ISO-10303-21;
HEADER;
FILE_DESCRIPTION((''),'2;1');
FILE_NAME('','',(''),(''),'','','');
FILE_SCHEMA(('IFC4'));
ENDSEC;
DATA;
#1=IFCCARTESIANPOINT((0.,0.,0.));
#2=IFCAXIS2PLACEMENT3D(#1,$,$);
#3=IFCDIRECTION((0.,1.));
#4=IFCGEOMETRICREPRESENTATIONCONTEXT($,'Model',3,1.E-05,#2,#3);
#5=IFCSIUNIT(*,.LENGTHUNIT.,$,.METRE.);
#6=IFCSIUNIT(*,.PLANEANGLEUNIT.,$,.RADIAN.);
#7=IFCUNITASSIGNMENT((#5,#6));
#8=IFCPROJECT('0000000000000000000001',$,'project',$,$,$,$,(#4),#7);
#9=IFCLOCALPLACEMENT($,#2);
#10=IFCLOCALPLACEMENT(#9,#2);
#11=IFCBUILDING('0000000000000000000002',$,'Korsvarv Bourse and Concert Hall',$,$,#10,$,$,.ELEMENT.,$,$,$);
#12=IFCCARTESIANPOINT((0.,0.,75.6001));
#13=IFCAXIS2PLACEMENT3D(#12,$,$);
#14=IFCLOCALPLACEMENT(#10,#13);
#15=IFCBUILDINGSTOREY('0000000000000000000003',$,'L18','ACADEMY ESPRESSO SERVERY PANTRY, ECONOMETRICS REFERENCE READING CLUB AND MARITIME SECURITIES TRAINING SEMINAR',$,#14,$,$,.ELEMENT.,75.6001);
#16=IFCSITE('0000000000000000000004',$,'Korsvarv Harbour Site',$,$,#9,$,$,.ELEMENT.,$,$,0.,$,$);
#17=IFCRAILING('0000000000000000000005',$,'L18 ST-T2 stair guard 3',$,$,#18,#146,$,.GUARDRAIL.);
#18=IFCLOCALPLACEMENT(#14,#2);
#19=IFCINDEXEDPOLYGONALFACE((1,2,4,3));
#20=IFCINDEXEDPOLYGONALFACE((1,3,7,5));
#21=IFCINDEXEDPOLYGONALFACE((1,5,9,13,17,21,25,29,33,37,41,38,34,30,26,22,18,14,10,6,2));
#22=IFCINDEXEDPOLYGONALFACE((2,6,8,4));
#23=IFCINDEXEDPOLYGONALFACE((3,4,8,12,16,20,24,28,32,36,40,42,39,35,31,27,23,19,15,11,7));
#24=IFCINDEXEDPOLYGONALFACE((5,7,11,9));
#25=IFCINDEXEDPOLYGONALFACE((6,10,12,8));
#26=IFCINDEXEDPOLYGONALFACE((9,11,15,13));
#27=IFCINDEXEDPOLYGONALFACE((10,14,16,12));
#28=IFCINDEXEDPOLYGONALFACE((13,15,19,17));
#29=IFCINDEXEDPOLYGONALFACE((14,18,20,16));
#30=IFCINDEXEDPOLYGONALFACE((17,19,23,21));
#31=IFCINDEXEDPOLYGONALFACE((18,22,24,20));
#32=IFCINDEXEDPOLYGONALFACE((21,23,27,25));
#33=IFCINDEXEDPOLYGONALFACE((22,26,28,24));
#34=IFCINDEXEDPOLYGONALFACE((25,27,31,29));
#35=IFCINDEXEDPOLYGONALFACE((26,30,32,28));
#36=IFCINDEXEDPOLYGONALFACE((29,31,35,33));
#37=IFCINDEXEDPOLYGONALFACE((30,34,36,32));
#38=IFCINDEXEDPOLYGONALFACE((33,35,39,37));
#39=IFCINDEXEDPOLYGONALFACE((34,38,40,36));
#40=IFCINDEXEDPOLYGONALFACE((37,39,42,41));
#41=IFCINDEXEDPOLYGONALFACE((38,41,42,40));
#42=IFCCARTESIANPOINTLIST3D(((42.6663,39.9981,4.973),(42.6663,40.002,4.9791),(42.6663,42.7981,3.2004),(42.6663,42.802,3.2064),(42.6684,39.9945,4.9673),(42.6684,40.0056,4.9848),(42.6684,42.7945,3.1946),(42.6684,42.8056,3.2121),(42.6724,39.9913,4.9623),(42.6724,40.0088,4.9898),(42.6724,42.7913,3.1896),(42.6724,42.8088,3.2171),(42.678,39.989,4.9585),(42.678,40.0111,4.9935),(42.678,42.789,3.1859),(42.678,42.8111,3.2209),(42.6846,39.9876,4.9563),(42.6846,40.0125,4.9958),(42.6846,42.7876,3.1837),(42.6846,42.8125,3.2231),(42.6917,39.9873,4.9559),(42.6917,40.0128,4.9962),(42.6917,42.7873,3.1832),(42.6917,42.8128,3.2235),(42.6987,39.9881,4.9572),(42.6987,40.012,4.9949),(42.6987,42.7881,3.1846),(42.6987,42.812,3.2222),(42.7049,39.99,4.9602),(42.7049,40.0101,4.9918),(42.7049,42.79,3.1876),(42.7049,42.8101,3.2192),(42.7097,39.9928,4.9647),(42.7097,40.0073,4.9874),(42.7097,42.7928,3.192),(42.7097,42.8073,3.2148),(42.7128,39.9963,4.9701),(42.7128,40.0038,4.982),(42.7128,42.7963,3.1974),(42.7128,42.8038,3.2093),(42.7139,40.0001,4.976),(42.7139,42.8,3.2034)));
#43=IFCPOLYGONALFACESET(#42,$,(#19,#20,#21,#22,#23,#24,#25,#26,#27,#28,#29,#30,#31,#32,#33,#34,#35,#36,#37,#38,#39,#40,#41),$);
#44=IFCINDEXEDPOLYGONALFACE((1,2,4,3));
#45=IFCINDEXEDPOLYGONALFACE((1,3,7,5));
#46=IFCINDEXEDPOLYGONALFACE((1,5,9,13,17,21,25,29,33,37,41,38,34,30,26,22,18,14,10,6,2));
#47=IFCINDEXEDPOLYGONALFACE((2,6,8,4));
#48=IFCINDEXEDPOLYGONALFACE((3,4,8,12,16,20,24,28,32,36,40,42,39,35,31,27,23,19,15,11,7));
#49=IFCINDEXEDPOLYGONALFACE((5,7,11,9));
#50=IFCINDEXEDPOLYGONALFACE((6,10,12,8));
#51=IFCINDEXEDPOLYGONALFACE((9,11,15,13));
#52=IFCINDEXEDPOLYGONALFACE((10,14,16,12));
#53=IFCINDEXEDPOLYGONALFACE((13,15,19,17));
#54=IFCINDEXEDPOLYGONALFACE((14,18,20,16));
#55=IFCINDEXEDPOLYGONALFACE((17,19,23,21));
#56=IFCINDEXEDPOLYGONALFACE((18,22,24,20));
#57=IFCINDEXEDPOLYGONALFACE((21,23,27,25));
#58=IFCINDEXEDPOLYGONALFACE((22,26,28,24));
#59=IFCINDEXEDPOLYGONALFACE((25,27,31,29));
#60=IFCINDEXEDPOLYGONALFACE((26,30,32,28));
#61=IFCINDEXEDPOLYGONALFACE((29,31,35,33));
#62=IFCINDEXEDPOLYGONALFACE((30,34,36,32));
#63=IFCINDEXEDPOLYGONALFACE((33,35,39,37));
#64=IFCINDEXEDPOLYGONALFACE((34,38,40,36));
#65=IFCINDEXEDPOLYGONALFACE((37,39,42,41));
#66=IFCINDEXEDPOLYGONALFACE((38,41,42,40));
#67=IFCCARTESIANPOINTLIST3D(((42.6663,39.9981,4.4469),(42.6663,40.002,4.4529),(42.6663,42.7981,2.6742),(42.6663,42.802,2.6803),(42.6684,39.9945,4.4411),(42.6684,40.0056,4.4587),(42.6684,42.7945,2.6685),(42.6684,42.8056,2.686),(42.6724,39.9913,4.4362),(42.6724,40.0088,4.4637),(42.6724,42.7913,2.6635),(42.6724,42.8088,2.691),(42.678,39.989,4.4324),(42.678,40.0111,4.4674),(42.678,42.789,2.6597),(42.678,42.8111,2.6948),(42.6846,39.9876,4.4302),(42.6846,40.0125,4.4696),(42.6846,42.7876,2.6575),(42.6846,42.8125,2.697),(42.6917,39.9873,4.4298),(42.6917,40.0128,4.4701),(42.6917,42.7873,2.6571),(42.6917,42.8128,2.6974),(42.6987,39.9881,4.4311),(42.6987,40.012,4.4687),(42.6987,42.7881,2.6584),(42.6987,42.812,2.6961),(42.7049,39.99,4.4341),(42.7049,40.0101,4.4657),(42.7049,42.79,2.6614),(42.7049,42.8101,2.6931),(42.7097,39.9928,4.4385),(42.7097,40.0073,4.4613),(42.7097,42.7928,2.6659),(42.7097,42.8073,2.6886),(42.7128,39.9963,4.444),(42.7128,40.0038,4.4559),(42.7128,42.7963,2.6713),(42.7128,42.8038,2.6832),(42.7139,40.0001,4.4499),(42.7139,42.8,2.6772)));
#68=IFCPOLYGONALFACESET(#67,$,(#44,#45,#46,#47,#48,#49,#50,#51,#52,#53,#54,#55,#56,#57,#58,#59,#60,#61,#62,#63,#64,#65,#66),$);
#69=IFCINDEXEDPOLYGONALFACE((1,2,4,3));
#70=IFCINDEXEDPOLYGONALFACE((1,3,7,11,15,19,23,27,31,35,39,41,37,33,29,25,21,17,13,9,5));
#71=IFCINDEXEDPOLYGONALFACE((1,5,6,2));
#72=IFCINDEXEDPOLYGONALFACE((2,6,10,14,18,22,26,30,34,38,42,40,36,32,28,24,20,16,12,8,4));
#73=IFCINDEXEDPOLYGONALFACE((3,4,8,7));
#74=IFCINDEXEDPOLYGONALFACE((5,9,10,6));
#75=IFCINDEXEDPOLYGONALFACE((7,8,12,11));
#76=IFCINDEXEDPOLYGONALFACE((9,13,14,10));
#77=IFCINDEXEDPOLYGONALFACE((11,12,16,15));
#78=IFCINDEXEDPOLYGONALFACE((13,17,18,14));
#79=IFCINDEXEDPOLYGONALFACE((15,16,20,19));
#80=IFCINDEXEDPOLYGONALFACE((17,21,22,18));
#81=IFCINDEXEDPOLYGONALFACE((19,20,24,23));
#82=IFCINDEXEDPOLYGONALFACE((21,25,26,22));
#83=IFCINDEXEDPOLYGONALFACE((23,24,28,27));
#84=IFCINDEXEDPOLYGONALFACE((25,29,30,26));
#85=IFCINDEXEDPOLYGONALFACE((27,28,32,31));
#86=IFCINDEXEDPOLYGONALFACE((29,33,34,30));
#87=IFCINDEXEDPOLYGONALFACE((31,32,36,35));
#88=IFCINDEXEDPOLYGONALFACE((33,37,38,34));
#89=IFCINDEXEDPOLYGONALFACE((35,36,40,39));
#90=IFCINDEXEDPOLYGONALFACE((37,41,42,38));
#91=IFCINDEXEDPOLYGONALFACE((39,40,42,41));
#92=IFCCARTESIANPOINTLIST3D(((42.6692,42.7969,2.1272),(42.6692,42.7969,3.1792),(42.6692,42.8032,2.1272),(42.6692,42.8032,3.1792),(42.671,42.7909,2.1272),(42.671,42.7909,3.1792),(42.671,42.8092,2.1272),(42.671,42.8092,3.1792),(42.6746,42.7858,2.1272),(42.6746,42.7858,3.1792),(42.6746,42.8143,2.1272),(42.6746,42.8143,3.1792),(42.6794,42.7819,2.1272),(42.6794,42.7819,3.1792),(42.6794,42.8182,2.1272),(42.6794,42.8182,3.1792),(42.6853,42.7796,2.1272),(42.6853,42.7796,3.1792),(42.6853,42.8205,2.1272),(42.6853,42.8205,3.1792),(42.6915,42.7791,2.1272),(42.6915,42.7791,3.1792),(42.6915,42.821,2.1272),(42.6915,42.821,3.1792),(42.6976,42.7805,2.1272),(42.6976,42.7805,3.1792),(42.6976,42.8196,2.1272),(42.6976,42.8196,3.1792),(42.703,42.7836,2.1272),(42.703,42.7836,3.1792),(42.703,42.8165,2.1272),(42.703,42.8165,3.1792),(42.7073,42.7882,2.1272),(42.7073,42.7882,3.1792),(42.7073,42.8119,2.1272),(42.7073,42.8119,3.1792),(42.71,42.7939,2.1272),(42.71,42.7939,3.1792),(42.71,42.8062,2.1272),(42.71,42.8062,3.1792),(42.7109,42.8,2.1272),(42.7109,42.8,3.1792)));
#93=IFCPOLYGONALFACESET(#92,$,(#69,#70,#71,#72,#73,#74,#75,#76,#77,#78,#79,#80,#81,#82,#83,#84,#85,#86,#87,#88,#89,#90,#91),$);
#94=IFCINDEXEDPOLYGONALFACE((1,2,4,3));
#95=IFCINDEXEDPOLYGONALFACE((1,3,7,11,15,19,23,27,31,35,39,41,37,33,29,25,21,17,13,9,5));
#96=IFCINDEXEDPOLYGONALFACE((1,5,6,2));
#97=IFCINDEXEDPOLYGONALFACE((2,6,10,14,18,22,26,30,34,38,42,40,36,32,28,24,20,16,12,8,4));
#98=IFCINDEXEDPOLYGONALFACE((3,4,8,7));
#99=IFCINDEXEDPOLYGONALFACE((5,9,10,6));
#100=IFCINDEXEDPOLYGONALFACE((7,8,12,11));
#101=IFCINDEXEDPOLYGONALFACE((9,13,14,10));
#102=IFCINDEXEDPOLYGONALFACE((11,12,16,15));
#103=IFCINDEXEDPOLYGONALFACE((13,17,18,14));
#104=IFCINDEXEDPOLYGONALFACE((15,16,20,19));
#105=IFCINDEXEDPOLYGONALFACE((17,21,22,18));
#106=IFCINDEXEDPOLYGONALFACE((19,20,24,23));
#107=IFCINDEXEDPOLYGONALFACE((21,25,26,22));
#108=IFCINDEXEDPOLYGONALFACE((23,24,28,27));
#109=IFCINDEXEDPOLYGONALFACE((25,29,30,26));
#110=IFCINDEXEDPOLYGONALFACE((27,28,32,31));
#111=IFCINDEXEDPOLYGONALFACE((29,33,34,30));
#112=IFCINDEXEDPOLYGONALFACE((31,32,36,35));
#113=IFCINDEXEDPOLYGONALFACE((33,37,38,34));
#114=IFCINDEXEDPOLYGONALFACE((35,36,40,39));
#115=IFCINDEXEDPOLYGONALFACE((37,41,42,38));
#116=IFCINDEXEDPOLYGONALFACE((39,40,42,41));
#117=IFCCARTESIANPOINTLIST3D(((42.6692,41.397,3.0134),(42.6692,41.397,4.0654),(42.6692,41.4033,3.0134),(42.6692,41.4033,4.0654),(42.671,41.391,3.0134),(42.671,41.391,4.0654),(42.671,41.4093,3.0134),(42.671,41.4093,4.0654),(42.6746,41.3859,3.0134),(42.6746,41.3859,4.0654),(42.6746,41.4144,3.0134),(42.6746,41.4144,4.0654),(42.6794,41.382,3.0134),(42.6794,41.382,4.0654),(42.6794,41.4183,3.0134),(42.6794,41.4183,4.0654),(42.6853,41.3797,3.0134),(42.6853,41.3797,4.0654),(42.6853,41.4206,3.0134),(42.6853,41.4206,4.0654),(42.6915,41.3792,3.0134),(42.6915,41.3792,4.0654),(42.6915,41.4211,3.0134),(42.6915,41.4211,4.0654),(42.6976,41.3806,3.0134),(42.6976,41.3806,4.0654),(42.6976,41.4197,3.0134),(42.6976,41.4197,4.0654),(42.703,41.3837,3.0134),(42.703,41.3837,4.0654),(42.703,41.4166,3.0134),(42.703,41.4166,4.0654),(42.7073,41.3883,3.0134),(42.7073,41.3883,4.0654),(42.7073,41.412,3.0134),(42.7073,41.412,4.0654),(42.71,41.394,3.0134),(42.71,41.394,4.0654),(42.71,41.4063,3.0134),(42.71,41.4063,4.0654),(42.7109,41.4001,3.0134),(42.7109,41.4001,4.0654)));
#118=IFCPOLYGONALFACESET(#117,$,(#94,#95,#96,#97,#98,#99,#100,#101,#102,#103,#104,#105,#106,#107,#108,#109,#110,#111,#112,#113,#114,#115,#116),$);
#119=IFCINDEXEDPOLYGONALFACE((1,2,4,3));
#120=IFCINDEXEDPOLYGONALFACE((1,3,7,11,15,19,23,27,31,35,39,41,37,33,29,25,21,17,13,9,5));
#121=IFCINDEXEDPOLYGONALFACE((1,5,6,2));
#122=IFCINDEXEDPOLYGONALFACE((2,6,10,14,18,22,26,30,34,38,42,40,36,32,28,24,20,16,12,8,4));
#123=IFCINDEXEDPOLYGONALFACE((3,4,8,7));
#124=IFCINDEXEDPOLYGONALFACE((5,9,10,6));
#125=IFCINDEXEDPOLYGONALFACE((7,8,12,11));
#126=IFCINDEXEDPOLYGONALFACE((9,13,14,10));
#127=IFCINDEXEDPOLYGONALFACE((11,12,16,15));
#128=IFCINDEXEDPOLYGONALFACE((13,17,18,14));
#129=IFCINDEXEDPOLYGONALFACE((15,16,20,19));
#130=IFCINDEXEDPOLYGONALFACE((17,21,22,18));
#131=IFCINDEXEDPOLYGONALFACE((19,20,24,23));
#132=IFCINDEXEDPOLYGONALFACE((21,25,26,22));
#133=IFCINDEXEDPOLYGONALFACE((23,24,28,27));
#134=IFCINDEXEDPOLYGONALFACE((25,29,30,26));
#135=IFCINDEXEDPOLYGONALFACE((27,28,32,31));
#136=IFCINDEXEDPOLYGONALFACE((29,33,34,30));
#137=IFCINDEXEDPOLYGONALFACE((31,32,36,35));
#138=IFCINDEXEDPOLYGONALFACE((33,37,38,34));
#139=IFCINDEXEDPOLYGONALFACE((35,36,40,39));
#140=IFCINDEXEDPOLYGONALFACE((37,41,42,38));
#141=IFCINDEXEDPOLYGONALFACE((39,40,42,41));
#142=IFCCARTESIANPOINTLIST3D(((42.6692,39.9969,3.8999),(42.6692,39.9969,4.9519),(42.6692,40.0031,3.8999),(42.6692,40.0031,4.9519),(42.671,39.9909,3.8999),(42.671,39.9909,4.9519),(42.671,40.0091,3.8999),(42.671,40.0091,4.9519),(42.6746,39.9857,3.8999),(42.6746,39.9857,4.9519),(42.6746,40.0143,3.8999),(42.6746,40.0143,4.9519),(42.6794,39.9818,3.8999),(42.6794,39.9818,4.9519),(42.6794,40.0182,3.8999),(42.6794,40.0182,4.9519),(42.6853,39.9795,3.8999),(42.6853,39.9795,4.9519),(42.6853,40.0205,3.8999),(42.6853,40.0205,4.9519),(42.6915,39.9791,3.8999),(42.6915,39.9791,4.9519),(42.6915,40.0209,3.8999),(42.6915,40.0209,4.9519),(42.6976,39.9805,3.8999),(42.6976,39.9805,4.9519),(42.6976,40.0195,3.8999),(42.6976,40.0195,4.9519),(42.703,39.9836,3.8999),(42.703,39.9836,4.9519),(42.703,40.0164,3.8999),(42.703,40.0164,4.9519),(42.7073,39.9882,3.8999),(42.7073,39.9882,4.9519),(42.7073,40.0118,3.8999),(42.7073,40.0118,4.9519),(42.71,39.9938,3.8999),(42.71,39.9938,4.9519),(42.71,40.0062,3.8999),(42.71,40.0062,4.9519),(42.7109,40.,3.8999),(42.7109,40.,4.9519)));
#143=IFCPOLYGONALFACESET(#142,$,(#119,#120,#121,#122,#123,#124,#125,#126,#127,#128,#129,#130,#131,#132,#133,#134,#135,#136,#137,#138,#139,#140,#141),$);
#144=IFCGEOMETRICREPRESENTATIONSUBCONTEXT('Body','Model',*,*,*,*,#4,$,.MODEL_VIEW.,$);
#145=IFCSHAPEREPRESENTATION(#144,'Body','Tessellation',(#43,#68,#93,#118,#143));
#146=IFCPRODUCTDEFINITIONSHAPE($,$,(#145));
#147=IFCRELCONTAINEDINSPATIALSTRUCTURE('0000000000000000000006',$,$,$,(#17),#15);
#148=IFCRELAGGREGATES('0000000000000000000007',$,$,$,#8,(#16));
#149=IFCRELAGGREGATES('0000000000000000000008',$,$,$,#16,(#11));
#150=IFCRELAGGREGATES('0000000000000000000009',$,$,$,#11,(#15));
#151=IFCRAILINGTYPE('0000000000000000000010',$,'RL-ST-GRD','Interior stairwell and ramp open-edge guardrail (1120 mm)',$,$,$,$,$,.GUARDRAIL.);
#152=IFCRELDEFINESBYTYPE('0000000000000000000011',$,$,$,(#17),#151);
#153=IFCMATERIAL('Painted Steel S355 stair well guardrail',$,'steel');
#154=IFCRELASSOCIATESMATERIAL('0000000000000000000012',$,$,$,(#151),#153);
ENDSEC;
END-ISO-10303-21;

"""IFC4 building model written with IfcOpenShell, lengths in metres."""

from ifc_helpers import new_model, si_unit, direction, frame, origin, origin_2d, place, context, subcontext, project, spatial, circle, extrude, material, type_object, element, save


model = new_model("IFC4")

# Units and contexts
model_context = context("Model", 3, precision=1e-05, world=origin(), true_north=direction((0.0, 1.0)))
body_context = subcontext(model_context, "Body", "Model", "MODEL_VIEW")
ifc_project = project(units=[si_unit("LENGTHUNIT", "METRE"), si_unit("PLANEANGLEUNIT", "RADIAN")], contexts=[model_context])

# Site, building, storey
site_placement = place(None, origin())
site = spatial("IfcSite", under=ifc_project, at=site_placement, Name="Korsvarv Harbour Site", CompositionType="ELEMENT", RefElevation=0.0)
building_placement = place(site_placement, origin())
building = spatial("IfcBuilding", under=site, at=building_placement, Name="Korsvarv Bourse and Concert Hall", CompositionType="ELEMENT")
storey_placement = place(building_placement, frame((0.0, 0.0, 75.6001)))
storey = spatial("IfcBuildingStorey", under=building, at=storey_placement, Name="L18", Description="ACADEMY ESPRESSO SERVERY PANTRY, ECONOMETRICS REFERENCE READING CLUB AND MARITIME SECURITIES TRAINING SEMINAR", CompositionType="ELEMENT", Elevation=75.6001)

# Railing
ifc_material_1 = material(Name="Painted Steel S355 stair well guardrail", Category="steel")
railing_type_1 = type_object("IfcRailingType", Name="RL-ST-GRD", Description="Interior stairwell and ramp open-edge guardrail (1120 mm)", PredefinedType="GUARDRAIL", material=ifc_material_1)
railing_1_placement = place(storey_placement, frame((42.6899, 42.8, 2.1272)))
element("IfcRailing", 1, at=railing_1_placement, inside=storey, type_object=railing_type_1, Name="L18 ST-T2 stair guard 3", PredefinedType="GUARDRAIL", context=body_context, shape_type="SweptSolid", body=[
    extrude(circle(Radius=0.0239, at=origin_2d()), frame((0.0, 0.0, 1.0762), z_axis=(0.0, -0.844909, 0.53491), x_axis=(1.0, 0.0, 0.0)), (0.0, 0.0, 1.0), 3.314),
    extrude(circle(Radius=0.0239, at=origin_2d()), frame((0.0, 0.0, 0.55), z_axis=(0.0, -0.844909, 0.53491), x_axis=(1.0, 0.0, 0.0)), (0.0, 0.0, 1.0), 3.314),
    extrude(circle(Radius=0.021, at=origin_2d()), origin(), (0.0, 0.0, 1.0), 1.052),
    extrude(circle(Radius=0.021, at=origin_2d()), frame((0.0, -1.3999, 0.8862)), (0.0, 0.0, 1.0), 1.052),
    extrude(circle(Radius=0.021, at=origin_2d()), frame((0.0, -2.8, 1.7727)), (0.0, 0.0, 1.0), 1.052),
])

save(model, "model.ifc")
